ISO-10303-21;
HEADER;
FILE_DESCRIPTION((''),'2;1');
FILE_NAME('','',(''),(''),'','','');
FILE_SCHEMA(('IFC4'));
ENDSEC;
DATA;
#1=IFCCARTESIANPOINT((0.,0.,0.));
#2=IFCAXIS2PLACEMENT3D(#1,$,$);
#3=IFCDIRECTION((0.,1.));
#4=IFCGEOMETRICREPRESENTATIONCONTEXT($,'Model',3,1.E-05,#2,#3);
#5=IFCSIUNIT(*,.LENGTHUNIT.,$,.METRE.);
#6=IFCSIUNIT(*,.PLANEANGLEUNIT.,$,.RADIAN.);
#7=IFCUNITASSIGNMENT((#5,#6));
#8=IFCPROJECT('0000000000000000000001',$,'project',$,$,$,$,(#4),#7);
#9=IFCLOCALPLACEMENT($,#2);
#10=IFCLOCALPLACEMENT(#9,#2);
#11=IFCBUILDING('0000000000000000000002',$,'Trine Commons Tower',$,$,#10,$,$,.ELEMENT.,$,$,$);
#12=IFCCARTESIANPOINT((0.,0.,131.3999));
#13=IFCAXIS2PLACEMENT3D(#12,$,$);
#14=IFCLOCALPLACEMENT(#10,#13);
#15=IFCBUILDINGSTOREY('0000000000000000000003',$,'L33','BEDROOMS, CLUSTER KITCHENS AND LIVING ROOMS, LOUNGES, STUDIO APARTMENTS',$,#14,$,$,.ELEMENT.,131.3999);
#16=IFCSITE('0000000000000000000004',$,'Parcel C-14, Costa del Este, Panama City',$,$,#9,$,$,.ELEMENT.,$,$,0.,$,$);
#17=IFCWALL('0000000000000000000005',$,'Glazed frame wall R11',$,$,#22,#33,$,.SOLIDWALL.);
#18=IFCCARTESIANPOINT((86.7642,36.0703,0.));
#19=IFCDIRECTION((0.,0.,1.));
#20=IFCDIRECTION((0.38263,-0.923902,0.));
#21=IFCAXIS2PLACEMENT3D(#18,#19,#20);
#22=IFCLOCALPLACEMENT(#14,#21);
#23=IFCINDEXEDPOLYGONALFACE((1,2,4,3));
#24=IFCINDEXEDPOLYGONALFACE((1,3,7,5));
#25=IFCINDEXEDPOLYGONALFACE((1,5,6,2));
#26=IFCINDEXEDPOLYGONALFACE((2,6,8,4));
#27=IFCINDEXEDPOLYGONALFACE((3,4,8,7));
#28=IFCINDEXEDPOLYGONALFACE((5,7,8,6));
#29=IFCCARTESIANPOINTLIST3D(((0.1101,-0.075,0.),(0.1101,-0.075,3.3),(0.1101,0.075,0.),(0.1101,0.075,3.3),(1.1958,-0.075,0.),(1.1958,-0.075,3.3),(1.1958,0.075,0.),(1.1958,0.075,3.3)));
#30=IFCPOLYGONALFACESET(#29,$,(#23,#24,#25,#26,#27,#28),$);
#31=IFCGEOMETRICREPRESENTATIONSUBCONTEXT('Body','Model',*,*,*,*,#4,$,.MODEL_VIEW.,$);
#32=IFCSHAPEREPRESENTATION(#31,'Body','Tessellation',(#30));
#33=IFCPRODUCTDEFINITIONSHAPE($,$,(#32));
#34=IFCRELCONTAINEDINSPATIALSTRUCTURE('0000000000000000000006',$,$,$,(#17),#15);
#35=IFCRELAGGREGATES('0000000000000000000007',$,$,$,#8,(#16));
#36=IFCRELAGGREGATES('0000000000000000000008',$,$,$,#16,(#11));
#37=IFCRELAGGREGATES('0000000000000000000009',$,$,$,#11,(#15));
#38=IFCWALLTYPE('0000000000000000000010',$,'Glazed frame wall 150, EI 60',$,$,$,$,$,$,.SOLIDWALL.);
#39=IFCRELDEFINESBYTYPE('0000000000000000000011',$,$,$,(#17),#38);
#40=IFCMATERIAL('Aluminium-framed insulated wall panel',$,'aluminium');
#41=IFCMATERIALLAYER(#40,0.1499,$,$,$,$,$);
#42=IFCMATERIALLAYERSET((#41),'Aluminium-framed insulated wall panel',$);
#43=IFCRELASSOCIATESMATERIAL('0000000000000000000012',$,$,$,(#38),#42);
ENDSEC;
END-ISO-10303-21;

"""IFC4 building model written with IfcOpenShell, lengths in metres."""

from ifc_helpers import new_model, si_unit, direction, frame, origin, place, context, subcontext, project, spatial, polyline, outline, extrude, material, layer, layer_set, type_object, element, save


model = new_model("IFC4")

# Units and contexts
model_context = context("Model", 3, precision=1e-05, world=origin(), true_north=direction((0.0, 1.0)))
body_context = subcontext(model_context, "Body", "Model", "MODEL_VIEW")
ifc_project = project(units=[si_unit("LENGTHUNIT", "METRE"), si_unit("PLANEANGLEUNIT", "RADIAN")], contexts=[model_context])

# Site, building, storey
site_placement = place(None, origin())
site = spatial("IfcSite", under=ifc_project, at=site_placement, Name="Parcel C-14, Costa del Este, Panama City", CompositionType="ELEMENT", RefElevation=0.0)
building_placement = place(site_placement, origin())
building = spatial("IfcBuilding", under=site, at=building_placement, Name="Trine Commons Tower", CompositionType="ELEMENT")
storey_placement = place(building_placement, frame((0.0, 0.0, 131.3999)))
storey = spatial("IfcBuildingStorey", under=building, at=storey_placement, Name="L33", Description="BEDROOMS, CLUSTER KITCHENS AND LIVING ROOMS, LOUNGES, STUDIO APARTMENTS", CompositionType="ELEMENT", Elevation=131.3999)

# Shared definitions
ifc_material_1 = material(Name="Aluminium-framed insulated wall panel", Category="aluminium")
ifc_layer_1 = layer(ifc_material_1, 0.1499)
ifc_layer_set_1 = layer_set([ifc_layer_1], Name="Aluminium-framed insulated wall panel")
wall_type_1 = type_object("IfcWallType", Name="Glazed frame wall 150, EI 60", PredefinedType="SOLIDWALL", material=ifc_layer_set_1)

# Wall
wall_1_placement = place(storey_placement, frame((86.7642, 36.0703, 0.0), z_axis=(0.0, 0.0, 1.0), x_axis=(0.38263, -0.923902, 0.0)))
element("IfcWall", 1, at=wall_1_placement, inside=storey, type_object=wall_type_1, Name="Glazed frame wall R11", PredefinedType="SOLIDWALL", context=body_context, shape_type="SweptSolid", body=[
    extrude(outline(polyline([(0.1101, 0.075), (0.1101, -0.075), (1.1958, -0.075), (1.1958, 0.075), (0.1101, 0.075)])), origin(), (0.0, 0.0, 1.0), 3.3),
])

save(model, "model.ifc")
